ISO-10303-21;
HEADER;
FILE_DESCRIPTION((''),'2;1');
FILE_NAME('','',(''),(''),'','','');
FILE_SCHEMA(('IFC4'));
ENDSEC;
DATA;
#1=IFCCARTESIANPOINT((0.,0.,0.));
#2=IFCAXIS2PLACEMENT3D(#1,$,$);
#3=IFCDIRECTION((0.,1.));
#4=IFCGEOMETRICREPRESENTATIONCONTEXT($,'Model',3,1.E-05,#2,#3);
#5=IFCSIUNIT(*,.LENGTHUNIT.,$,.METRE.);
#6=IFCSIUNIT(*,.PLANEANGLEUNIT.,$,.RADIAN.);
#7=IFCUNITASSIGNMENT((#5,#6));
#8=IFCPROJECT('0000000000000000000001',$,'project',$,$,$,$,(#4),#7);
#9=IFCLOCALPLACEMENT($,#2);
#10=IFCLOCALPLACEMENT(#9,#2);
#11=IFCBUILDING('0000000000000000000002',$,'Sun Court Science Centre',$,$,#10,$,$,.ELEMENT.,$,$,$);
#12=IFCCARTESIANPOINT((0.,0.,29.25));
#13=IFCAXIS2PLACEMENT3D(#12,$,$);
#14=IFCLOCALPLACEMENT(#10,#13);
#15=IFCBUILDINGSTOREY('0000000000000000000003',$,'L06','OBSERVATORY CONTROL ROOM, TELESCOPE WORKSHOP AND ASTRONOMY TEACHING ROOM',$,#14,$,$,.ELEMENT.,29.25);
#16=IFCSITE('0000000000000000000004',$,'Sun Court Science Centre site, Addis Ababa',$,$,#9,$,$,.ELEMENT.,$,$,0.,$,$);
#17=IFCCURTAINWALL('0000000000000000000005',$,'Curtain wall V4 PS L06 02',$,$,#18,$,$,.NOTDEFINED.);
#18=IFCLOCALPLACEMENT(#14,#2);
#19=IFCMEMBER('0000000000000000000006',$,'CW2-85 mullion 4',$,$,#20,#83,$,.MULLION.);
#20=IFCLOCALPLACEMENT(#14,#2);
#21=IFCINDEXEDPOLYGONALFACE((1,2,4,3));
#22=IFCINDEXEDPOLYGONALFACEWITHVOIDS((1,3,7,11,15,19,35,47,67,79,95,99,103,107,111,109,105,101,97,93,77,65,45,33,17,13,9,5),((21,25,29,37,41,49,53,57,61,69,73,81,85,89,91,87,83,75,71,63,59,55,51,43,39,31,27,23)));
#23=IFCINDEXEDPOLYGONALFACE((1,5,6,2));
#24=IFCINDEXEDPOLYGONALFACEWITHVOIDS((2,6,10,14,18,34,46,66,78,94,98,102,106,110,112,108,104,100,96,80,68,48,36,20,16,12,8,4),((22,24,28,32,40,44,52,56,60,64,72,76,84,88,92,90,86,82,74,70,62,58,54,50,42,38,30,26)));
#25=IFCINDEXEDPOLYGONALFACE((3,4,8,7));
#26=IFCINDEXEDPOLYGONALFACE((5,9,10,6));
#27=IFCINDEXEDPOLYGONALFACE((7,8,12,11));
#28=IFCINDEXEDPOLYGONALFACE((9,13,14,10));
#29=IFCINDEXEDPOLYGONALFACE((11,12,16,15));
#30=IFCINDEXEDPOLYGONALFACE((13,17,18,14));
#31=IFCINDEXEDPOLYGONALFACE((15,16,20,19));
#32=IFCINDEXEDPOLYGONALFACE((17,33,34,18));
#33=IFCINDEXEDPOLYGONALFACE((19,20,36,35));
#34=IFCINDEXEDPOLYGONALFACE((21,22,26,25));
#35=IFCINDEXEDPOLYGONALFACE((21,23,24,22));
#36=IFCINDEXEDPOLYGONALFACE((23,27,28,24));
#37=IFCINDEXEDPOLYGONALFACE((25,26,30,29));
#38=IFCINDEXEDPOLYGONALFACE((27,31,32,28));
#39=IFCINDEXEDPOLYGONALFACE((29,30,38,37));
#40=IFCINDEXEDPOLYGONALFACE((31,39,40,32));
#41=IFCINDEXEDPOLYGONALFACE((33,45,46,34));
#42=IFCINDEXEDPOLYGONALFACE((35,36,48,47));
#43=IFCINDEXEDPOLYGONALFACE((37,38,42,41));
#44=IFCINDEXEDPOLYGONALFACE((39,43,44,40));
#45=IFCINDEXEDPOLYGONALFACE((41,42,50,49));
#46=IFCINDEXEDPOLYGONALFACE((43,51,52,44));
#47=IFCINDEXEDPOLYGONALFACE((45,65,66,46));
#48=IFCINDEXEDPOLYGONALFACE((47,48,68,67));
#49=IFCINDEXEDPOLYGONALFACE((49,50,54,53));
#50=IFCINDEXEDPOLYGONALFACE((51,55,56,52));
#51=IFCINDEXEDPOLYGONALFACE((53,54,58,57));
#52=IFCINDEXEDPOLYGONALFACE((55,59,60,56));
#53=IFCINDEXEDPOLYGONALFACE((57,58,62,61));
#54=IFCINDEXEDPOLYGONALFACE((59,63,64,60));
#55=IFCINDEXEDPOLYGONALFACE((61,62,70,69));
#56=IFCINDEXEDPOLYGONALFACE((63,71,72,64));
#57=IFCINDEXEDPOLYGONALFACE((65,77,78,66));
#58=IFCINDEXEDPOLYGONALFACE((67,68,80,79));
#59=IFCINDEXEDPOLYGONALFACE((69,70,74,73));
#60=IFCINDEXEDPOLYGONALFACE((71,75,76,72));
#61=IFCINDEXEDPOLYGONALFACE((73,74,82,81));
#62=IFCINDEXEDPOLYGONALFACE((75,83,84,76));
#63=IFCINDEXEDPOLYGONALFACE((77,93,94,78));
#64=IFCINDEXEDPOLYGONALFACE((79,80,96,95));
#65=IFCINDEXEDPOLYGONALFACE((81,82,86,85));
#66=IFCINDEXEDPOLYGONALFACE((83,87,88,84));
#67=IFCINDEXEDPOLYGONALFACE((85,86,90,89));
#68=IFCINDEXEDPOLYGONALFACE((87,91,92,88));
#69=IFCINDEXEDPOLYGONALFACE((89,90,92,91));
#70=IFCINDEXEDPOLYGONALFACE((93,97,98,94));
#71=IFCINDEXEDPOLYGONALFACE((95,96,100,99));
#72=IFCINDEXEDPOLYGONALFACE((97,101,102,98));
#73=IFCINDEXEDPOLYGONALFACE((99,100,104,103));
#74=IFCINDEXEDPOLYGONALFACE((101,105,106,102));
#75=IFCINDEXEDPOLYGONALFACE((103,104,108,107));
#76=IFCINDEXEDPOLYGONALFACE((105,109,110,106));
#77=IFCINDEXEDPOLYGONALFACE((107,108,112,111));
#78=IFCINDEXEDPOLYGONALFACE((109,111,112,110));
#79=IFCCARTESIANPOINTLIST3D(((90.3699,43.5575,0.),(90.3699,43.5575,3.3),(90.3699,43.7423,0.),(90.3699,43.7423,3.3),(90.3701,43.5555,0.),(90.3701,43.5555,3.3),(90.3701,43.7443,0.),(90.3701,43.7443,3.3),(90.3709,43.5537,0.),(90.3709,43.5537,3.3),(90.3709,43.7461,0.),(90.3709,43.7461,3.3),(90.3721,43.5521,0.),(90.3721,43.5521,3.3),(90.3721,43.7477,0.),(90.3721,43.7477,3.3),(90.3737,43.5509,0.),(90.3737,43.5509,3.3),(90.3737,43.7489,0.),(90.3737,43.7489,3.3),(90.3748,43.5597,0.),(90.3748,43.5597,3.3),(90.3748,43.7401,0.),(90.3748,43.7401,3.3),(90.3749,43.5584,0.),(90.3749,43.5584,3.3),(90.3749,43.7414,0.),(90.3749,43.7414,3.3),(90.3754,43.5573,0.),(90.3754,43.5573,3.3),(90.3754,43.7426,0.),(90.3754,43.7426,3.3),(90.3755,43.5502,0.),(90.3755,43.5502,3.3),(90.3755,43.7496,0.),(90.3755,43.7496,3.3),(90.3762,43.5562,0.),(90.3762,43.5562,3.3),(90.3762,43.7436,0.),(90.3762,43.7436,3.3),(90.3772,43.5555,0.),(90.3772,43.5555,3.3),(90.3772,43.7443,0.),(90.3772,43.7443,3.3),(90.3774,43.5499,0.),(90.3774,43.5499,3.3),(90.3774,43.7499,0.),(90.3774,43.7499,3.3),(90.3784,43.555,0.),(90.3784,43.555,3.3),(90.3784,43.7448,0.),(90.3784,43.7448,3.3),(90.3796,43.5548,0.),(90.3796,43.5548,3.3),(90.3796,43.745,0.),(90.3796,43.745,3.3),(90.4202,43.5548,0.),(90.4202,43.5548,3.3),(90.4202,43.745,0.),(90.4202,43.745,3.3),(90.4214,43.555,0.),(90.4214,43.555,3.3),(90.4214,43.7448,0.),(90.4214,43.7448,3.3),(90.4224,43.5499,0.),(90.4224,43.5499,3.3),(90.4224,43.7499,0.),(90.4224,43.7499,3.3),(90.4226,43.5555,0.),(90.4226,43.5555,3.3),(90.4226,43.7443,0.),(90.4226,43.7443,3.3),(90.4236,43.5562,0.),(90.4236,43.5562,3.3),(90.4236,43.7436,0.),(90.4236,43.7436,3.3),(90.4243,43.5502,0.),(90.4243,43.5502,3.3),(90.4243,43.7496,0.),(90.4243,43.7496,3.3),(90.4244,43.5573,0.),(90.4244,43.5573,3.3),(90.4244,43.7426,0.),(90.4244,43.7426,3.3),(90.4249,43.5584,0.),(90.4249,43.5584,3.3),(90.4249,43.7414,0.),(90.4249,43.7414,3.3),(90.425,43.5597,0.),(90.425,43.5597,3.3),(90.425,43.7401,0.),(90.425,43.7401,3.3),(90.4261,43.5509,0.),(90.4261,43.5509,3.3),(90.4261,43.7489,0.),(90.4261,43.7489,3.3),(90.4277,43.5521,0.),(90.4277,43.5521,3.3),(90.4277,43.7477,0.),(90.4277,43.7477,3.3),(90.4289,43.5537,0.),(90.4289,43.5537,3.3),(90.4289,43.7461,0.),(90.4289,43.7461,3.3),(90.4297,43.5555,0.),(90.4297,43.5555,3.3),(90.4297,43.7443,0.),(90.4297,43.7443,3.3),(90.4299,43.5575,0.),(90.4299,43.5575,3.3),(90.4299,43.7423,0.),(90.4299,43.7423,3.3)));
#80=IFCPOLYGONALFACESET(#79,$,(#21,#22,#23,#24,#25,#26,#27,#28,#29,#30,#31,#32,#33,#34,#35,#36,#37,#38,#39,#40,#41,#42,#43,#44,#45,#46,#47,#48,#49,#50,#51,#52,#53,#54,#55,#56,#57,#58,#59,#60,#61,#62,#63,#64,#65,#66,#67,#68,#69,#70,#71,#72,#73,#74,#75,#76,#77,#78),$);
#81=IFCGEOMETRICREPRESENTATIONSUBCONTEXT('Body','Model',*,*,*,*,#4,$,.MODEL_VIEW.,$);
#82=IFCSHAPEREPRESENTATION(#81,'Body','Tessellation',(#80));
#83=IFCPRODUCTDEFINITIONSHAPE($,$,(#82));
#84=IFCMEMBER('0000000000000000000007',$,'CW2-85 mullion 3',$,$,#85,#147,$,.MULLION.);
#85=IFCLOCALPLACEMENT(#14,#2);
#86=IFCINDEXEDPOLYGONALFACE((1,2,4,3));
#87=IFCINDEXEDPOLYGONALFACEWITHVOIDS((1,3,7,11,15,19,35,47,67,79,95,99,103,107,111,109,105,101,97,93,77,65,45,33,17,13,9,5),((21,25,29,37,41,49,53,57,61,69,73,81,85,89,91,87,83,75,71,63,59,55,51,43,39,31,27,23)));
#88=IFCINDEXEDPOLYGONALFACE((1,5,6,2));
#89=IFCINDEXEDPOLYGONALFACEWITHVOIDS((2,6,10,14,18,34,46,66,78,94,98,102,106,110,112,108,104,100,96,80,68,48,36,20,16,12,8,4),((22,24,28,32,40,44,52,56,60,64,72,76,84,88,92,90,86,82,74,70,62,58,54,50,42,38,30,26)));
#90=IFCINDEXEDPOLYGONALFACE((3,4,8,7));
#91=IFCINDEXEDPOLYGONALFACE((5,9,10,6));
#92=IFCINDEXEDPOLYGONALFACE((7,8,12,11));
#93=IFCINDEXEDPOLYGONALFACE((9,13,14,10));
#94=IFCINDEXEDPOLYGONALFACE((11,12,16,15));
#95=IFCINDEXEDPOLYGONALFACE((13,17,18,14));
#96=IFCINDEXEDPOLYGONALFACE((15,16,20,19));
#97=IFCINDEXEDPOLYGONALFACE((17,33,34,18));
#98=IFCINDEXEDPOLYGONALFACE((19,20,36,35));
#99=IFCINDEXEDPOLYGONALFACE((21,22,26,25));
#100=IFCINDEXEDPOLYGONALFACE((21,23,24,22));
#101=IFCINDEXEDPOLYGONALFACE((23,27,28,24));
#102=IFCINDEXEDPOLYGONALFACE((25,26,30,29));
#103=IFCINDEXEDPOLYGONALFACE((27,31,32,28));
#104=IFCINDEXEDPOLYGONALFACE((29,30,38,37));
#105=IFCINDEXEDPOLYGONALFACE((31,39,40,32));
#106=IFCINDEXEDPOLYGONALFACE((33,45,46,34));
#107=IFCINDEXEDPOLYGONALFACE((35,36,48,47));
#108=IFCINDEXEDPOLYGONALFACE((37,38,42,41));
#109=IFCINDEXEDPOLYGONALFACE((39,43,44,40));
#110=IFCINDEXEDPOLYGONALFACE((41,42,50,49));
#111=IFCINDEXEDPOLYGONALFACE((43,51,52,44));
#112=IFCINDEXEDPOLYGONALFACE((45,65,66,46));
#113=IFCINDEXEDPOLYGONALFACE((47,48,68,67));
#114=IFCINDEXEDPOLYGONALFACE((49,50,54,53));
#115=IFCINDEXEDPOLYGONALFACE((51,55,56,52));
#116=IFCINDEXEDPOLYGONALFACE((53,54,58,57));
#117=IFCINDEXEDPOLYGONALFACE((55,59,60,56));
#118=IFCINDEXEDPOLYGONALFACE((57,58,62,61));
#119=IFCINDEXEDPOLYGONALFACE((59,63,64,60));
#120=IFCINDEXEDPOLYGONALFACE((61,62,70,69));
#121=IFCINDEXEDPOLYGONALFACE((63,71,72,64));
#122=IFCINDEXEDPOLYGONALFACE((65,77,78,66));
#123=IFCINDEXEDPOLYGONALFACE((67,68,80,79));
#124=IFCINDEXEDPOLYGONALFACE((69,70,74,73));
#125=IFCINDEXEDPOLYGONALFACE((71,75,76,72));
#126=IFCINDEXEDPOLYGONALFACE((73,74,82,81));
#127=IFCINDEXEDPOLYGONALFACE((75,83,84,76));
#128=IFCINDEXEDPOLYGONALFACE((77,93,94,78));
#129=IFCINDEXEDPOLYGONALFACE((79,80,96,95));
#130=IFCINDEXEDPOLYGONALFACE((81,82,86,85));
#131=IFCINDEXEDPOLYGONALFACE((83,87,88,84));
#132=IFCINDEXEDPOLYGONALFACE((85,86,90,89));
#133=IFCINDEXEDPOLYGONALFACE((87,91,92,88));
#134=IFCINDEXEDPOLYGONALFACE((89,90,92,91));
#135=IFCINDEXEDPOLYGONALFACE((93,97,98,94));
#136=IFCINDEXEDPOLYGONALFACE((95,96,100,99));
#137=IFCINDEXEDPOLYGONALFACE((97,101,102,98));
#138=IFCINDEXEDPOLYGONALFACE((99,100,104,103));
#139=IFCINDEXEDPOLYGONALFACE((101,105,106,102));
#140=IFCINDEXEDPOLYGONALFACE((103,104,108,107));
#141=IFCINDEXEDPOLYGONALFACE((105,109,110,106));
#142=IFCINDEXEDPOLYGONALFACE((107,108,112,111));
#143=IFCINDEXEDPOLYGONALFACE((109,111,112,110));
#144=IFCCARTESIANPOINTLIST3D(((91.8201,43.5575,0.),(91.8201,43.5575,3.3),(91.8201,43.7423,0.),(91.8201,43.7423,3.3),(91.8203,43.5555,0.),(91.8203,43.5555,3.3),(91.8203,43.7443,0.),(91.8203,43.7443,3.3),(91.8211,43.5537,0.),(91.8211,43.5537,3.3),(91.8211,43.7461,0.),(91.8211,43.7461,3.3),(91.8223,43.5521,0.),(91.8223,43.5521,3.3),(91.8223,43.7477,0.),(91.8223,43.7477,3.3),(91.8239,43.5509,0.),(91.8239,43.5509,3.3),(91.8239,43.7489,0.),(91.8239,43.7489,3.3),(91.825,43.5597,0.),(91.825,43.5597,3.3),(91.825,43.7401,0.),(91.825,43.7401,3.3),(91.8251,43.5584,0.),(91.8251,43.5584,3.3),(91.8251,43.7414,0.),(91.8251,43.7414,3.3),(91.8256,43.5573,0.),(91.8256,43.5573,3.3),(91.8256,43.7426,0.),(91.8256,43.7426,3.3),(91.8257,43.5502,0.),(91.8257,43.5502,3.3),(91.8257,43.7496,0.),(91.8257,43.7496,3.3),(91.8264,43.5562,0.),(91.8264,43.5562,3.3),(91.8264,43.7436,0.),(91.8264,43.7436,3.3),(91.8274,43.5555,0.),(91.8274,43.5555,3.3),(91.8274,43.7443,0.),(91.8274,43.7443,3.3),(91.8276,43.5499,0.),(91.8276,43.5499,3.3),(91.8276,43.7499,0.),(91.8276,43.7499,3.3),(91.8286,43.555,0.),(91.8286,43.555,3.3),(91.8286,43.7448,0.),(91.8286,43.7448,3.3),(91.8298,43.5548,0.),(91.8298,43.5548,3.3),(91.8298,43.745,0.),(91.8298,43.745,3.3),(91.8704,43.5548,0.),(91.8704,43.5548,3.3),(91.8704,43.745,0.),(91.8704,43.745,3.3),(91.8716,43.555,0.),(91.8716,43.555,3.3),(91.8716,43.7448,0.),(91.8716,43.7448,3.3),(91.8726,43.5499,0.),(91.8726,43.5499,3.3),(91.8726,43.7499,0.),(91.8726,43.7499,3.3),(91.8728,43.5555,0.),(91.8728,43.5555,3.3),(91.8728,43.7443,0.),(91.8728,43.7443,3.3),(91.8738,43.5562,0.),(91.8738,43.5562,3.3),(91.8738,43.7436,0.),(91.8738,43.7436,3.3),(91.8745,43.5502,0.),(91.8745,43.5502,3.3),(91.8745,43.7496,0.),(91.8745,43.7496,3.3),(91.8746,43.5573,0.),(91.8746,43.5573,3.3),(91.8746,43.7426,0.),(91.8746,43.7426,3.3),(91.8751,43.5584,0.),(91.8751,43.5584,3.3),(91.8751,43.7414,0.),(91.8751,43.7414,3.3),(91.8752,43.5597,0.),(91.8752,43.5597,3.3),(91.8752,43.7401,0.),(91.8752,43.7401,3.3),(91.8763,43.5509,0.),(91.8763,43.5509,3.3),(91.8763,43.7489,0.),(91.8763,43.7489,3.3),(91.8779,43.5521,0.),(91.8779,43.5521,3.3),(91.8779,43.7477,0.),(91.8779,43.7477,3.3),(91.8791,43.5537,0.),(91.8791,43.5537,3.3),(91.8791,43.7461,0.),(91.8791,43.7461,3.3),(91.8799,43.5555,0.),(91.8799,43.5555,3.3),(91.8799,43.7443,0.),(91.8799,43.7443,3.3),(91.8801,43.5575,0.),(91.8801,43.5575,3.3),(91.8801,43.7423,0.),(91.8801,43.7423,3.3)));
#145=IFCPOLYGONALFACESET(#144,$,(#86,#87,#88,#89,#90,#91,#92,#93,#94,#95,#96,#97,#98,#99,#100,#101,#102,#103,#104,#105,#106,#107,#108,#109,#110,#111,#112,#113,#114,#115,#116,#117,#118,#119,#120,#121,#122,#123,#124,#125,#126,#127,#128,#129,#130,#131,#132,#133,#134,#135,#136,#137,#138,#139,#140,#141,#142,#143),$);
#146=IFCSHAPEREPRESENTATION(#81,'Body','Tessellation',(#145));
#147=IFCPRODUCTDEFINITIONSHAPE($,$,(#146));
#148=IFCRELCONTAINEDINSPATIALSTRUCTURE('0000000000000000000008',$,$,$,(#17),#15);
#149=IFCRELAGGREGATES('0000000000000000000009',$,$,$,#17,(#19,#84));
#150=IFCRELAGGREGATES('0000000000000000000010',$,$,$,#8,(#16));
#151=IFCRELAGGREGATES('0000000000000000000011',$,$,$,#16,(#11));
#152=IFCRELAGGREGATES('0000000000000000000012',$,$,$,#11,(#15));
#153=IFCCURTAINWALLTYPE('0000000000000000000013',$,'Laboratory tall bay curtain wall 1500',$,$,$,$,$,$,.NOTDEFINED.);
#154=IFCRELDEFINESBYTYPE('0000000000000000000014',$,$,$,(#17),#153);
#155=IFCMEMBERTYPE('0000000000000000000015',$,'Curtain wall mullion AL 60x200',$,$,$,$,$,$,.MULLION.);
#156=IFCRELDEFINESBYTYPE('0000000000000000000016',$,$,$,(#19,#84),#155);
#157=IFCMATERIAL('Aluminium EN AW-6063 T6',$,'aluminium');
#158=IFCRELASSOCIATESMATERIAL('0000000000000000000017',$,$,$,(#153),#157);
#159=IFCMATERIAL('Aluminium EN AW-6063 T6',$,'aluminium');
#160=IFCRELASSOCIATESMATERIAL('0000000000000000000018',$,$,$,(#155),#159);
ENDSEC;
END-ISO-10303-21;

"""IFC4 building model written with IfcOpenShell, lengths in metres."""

from ifc_helpers import new_model, si_unit, direction, frame, origin, origin_2d, place, context, subcontext, project, spatial, hollow_rectangle, extrude, material, material_profile, profile_set, type_object, element, aggregate, save


model = new_model("IFC4")

# Units and contexts
model_context = context("Model", 3, precision=1e-05, world=origin(), true_north=direction((0.0, 1.0)))
body_context = subcontext(model_context, "Body", "Model", "MODEL_VIEW")
ifc_project = project(units=[si_unit("LENGTHUNIT", "METRE"), si_unit("PLANEANGLEUNIT", "RADIAN")], contexts=[model_context])

# Site, building, storey
site_placement = place(None, origin())
site = spatial("IfcSite", under=ifc_project, at=site_placement, Name="Sun Court Science Centre site, Addis Ababa", CompositionType="ELEMENT", RefElevation=0.0)
building_placement = place(site_placement, origin())
building = spatial("IfcBuilding", under=site, at=building_placement, Name="Sun Court Science Centre", CompositionType="ELEMENT")
storey_placement = place(building_placement, frame((0.0, 0.0, 29.25)))
storey = spatial("IfcBuildingStorey", under=building, at=storey_placement, Name="L06", Description="OBSERVATORY CONTROL ROOM, TELESCOPE WORKSHOP AND ASTRONOMY TEACHING ROOM", CompositionType="ELEMENT", Elevation=29.25)

# Curtain wall, members
ifc_material_1 = material(Name="Aluminium EN AW-6063 T6", Category="aluminium")
curtain_wall_type = type_object("IfcCurtainWallType", Name="Laboratory tall bay curtain wall 1500", PredefinedType="NOTDEFINED", material=ifc_material_1)
curtain_wall_placement = place(storey_placement, origin())
curtain_wall = element("IfcCurtainWall", 1, at=curtain_wall_placement, inside=storey, type_object=curtain_wall_type, Name="Curtain wall V4 PS L06 02", PredefinedType="NOTDEFINED")
ifc_material_2 = material(Name="Aluminium EN AW-6063 T6", Category="aluminium")
ifc_material_profile_1 = material_profile(ifc_material_2, hollow_rectangle(XDim=0.0601, YDim=0.2, WallThickness=0.0049, InnerFilletRadius=0.0049, OuterFilletRadius=0.0076, at=origin_2d()), Name="AL 60x200x5")
ifc_profile_set_1 = profile_set([ifc_material_profile_1], Name="Aluminium EN AW-6063 T6")
member_type_1 = type_object("IfcMemberType", Name="Curtain wall mullion AL 60x200", PredefinedType="MULLION", material=ifc_profile_set_1)
member_1_placement = place(storey_placement, frame((90.3999, 43.6499, 0.0), z_axis=(0.0, 0.0, 1.0), x_axis=(-1.0, 0.0, 0.0)))
member_1 = element("IfcMember", 2, at=member_1_placement, type_object=member_type_1, Name="CW2-85 mullion 4", PredefinedType="MULLION", context=body_context, shape_type="SweptSolid", body=[
    extrude(hollow_rectangle(XDim=0.0601, YDim=0.2, WallThickness=0.0049, InnerFilletRadius=0.0049, OuterFilletRadius=0.0076, at=origin_2d()), origin(), (0.0, 0.0, 1.0), 3.3),
])
member_2_placement = place(storey_placement, frame((91.8501, 43.6499, 0.0), z_axis=(0.0, 0.0, 1.0), x_axis=(-1.0, 0.0, 0.0)))
member_2 = element("IfcMember", 3, at=member_2_placement, type_object=member_type_1, Name="CW2-85 mullion 3", PredefinedType="MULLION", context=body_context, shape_type="SweptSolid", body=[
    extrude(hollow_rectangle(XDim=0.0601, YDim=0.2, WallThickness=0.0049, InnerFilletRadius=0.0049, OuterFilletRadius=0.0076, at=origin_2d()), origin(), (0.0, 0.0, 1.0), 3.3),
])
aggregate(curtain_wall, [member_1, member_2])

save(model, "model.ifc")
